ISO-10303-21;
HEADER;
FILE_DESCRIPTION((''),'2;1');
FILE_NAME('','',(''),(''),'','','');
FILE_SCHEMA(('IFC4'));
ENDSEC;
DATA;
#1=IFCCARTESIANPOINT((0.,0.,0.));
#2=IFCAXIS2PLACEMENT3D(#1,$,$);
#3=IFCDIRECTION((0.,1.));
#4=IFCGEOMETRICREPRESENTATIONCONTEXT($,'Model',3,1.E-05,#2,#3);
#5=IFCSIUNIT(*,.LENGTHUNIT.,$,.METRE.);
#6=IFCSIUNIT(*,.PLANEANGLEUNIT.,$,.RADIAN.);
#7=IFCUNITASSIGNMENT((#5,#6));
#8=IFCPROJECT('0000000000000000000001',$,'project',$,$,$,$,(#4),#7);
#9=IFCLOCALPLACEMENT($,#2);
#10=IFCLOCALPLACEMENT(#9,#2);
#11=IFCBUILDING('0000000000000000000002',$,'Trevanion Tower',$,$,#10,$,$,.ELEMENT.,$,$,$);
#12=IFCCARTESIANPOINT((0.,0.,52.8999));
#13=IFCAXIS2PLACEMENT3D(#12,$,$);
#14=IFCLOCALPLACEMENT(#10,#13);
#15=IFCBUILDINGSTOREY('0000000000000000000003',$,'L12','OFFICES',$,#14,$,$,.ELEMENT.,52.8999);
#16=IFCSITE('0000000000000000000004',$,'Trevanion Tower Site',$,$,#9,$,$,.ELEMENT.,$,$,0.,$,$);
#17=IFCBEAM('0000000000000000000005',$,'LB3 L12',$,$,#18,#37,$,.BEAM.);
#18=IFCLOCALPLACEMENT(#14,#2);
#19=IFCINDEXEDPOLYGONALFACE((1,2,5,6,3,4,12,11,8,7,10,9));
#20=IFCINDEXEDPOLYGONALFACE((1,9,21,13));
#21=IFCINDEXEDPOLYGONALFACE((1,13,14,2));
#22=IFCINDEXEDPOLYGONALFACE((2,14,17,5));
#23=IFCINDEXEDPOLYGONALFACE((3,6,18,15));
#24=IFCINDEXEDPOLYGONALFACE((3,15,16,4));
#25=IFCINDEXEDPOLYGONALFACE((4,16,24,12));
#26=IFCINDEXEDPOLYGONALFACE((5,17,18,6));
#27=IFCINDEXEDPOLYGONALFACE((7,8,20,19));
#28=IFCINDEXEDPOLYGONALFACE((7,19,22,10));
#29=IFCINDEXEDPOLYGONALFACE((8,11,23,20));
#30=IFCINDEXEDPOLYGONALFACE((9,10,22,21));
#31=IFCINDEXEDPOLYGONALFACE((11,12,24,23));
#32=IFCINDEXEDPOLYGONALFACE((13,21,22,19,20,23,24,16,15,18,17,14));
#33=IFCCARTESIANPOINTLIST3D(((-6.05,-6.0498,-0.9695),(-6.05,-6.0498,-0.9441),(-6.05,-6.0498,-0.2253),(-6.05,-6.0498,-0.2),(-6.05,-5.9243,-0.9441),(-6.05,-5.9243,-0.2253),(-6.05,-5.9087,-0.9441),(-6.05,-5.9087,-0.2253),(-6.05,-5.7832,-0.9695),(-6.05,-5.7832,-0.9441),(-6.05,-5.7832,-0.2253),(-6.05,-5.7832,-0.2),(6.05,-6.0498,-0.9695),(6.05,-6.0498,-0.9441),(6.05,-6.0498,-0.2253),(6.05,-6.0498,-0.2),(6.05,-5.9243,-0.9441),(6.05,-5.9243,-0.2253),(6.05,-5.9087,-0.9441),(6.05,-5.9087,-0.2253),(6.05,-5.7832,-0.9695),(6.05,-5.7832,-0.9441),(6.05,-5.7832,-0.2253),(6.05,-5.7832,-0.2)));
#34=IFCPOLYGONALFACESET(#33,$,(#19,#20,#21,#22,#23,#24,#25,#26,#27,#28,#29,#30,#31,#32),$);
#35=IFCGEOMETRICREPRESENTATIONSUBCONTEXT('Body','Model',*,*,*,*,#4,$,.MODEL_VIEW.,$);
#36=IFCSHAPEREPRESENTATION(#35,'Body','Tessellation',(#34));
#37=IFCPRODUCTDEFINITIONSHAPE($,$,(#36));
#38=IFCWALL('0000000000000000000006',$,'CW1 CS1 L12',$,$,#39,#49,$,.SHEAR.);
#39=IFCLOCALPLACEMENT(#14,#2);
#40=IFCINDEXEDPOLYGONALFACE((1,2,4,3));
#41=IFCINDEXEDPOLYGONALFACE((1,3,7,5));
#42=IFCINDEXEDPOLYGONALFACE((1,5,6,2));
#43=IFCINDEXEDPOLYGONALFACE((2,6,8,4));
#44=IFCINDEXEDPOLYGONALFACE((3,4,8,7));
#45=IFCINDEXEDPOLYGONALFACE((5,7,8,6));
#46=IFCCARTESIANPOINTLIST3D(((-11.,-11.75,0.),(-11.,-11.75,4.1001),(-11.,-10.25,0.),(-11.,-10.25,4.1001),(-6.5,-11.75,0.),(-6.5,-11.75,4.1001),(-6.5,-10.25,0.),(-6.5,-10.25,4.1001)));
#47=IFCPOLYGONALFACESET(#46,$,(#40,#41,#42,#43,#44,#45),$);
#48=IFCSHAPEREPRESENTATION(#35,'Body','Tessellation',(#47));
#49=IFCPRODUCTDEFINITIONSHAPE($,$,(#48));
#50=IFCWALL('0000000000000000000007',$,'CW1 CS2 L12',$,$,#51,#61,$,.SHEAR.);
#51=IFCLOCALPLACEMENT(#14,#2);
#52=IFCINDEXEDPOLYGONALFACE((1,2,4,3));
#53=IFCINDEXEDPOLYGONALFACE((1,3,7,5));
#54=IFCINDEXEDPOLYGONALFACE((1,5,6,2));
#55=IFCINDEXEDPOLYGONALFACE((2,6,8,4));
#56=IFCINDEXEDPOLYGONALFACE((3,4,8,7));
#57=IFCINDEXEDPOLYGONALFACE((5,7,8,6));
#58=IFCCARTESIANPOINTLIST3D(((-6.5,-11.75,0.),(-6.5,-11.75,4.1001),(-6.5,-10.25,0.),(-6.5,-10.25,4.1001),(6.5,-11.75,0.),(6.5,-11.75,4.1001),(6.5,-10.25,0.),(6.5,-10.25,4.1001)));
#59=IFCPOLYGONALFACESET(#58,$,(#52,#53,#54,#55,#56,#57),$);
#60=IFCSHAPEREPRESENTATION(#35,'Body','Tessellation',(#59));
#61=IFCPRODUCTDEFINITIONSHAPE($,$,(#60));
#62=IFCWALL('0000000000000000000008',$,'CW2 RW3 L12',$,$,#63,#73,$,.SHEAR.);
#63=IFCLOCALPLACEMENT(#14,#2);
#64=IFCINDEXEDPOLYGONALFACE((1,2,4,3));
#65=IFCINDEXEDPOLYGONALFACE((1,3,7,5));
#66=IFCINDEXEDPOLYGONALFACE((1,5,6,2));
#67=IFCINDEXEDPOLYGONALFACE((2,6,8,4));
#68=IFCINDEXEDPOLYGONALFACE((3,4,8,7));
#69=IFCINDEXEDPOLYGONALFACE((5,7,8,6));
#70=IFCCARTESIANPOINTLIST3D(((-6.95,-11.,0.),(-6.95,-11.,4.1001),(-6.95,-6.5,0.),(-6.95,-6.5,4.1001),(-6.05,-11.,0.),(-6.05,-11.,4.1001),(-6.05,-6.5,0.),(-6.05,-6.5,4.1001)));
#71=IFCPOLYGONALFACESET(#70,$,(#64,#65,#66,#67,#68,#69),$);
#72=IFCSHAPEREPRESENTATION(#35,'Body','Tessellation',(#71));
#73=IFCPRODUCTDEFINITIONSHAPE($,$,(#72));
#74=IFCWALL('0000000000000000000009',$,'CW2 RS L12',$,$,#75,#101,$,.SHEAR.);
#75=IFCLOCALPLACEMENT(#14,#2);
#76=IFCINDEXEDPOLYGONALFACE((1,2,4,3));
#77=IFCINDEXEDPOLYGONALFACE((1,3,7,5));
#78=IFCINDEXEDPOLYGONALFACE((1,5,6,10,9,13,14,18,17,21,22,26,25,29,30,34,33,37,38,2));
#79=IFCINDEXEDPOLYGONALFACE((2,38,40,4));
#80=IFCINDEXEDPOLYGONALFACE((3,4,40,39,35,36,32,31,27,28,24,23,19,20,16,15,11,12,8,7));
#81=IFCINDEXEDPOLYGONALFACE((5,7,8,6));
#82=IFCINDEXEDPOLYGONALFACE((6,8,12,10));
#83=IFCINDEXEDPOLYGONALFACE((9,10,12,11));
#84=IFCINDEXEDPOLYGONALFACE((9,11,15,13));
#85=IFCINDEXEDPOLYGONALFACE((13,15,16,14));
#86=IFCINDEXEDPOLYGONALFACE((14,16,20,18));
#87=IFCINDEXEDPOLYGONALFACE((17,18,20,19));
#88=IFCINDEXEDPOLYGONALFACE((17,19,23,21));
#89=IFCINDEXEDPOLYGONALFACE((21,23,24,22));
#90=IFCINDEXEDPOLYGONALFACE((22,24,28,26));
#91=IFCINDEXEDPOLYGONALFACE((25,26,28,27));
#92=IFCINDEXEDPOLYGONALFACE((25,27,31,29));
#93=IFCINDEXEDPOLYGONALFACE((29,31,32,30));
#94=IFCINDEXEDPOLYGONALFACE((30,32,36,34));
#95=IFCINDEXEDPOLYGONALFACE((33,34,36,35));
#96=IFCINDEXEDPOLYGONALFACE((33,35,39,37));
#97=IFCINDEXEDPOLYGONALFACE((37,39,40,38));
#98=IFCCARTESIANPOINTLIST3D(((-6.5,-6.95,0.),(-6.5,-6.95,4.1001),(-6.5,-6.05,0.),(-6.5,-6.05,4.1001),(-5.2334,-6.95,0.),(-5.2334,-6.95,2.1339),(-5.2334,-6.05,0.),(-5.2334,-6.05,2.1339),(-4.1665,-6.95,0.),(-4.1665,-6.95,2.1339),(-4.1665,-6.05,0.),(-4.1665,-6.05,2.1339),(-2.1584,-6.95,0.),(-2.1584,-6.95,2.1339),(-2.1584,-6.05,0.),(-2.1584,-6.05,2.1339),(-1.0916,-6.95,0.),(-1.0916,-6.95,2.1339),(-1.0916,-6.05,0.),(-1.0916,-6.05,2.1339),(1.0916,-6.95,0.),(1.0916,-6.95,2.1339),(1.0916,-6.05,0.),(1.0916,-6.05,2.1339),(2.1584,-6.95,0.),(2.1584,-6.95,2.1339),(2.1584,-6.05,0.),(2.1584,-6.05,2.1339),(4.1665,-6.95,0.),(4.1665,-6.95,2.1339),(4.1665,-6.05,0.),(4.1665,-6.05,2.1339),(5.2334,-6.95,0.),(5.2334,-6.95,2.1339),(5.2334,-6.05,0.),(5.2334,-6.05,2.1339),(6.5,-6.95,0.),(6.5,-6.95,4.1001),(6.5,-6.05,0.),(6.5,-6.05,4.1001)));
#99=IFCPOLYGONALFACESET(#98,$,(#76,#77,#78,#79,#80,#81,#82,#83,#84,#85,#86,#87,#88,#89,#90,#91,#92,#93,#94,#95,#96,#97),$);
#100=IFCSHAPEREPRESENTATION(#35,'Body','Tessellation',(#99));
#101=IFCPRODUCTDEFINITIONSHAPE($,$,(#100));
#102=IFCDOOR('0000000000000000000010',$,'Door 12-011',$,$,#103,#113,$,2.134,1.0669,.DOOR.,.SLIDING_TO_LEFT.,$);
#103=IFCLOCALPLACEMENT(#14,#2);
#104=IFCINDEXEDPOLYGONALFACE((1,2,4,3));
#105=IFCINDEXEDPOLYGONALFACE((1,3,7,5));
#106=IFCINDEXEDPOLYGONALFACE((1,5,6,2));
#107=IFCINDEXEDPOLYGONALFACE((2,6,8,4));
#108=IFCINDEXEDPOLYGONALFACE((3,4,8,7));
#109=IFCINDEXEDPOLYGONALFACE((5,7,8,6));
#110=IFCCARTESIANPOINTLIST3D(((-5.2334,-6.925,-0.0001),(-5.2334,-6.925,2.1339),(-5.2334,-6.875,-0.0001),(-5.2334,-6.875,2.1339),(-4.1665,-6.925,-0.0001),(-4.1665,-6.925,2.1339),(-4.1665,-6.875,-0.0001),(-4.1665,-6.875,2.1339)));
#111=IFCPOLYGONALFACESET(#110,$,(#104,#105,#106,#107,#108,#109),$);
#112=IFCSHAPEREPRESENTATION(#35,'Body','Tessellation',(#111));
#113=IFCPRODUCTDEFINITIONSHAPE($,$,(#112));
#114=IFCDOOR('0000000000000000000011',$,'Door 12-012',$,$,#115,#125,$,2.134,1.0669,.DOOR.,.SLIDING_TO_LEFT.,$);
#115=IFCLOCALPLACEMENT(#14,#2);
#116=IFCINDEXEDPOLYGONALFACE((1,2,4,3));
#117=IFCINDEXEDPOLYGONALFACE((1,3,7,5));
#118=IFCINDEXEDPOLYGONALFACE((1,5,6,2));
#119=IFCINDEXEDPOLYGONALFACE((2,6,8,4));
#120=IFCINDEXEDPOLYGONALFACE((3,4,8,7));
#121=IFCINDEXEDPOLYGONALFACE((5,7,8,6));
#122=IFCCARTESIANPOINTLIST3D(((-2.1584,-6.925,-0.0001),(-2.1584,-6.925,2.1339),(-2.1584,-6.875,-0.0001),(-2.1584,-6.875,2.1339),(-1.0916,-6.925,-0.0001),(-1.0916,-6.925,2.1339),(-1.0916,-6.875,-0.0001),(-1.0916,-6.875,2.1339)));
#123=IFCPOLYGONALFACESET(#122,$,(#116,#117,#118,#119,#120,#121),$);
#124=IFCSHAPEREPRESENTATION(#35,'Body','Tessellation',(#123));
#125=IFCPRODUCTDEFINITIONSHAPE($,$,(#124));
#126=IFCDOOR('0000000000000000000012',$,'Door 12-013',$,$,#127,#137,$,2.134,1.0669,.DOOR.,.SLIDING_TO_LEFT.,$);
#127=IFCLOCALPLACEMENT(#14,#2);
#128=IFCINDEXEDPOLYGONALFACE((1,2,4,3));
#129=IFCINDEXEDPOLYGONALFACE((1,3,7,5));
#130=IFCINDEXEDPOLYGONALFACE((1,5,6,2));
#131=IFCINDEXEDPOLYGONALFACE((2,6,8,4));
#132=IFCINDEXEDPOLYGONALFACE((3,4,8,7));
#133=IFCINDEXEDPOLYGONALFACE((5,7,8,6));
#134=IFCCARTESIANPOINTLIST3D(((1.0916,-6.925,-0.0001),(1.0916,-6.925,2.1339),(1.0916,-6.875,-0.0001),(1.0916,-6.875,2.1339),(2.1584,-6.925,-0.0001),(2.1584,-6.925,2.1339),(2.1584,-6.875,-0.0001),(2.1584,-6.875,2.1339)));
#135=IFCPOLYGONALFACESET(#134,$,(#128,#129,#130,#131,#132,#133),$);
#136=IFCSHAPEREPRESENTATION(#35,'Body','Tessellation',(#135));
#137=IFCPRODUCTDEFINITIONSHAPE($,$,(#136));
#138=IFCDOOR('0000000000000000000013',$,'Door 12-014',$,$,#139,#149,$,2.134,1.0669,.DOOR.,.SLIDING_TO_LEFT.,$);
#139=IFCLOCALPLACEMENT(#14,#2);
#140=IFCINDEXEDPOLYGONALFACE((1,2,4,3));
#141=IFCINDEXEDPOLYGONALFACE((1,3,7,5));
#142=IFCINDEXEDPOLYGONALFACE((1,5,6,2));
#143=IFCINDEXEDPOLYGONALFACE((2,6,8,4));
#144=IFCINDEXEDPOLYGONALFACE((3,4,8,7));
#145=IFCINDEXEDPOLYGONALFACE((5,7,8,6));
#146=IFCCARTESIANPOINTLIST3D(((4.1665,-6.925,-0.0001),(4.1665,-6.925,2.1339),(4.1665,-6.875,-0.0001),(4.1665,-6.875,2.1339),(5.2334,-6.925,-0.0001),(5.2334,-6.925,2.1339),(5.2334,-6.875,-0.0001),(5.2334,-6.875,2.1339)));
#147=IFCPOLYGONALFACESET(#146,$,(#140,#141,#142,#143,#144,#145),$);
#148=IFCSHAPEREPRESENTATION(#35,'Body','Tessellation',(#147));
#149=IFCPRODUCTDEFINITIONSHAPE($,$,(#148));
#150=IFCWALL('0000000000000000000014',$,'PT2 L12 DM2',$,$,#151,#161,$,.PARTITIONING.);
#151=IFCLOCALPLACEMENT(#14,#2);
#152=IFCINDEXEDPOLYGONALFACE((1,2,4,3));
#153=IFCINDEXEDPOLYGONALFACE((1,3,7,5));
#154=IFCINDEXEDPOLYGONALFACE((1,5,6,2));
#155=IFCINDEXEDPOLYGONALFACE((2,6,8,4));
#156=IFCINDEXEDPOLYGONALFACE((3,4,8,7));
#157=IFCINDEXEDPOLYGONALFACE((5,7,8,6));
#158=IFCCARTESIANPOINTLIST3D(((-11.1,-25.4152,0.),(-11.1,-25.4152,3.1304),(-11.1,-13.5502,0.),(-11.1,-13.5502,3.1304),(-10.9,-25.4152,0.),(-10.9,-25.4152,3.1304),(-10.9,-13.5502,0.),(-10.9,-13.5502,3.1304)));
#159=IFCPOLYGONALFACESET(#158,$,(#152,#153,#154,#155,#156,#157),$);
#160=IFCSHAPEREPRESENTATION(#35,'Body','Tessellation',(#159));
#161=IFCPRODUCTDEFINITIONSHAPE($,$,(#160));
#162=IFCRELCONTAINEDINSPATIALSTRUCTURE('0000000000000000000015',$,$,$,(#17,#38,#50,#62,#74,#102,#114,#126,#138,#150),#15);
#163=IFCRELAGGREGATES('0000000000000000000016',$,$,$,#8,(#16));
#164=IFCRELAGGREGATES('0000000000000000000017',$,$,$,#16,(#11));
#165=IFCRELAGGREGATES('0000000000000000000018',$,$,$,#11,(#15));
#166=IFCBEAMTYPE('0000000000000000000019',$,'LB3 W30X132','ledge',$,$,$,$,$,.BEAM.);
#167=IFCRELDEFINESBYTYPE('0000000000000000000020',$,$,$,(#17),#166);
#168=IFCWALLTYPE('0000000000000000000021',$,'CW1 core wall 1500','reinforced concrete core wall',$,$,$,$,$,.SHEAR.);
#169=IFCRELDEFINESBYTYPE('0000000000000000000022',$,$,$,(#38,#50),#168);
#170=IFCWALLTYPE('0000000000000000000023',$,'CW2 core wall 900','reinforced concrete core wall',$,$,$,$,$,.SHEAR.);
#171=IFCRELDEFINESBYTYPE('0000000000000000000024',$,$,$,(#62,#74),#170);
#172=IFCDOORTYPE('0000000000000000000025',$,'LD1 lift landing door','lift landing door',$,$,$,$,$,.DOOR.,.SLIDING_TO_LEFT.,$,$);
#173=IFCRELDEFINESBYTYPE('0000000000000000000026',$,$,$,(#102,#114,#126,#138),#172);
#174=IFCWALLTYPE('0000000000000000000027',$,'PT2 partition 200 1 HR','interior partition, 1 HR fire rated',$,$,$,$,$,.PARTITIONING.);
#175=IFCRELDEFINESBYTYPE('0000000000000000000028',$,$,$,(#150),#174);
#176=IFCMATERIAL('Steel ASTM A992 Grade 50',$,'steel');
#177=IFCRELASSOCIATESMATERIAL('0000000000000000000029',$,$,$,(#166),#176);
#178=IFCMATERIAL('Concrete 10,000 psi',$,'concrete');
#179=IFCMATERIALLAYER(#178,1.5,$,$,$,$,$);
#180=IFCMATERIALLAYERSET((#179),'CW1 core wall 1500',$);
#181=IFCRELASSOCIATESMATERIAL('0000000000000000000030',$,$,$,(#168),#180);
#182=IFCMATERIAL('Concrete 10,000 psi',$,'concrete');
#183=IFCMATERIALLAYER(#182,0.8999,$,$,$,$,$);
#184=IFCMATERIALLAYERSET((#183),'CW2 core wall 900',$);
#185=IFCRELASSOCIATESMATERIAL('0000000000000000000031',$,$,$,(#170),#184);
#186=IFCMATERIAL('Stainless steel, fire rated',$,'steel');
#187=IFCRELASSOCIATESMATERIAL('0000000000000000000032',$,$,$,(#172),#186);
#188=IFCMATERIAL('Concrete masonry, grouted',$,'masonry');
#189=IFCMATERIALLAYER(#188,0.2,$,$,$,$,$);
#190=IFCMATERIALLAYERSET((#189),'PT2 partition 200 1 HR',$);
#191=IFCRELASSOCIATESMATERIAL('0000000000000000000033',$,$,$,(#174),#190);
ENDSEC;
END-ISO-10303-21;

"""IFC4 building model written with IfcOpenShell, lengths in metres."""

from ifc_helpers import new_model, si_unit, direction, frame, frame_2d, origin, origin_2d, place, context, subcontext, project, spatial, rectangle, i_section, extrude, material, layer, layer_set, material_profile, profile_set, type_object, element, fill, save


model = new_model("IFC4")

# Units and contexts
model_context = context("Model", 3, precision=1e-05, world=origin(), true_north=direction((0.0, 1.0)))
body_context = subcontext(model_context, "Body", "Model", "MODEL_VIEW")
ifc_project = project(units=[si_unit("LENGTHUNIT", "METRE"), si_unit("PLANEANGLEUNIT", "RADIAN")], contexts=[model_context])

# Site, building, storey
site_placement = place(None, origin())
site = spatial("IfcSite", under=ifc_project, at=site_placement, Name="Trevanion Tower Site", CompositionType="ELEMENT", RefElevation=0.0)
building_placement = place(site_placement, origin())
building = spatial("IfcBuilding", under=site, at=building_placement, Name="Trevanion Tower", CompositionType="ELEMENT")
storey_placement = place(building_placement, frame((0.0, 0.0, 52.8999)))
storey = spatial("IfcBuildingStorey", under=building, at=storey_placement, Name="L12", Description="OFFICES", CompositionType="ELEMENT", Elevation=52.8999)

# Beam
ifc_material_1 = material(Name="Steel ASTM A992 Grade 50", Category="steel")
ifc_material_profile_1 = material_profile(ifc_material_1, i_section(OverallWidth=0.2666, OverallDepth=0.7695, WebThickness=0.0156, FlangeThickness=0.0254, at=origin_2d()), Name="W30X132")
ifc_profile_set_1 = profile_set([ifc_material_profile_1], Name="Steel ASTM A992 Grade 50")
beam_type_1 = type_object("IfcBeamType", Name="LB3 W30X132", Description="ledge", PredefinedType="BEAM", material=ifc_profile_set_1)
beam_1_placement = place(storey_placement, frame((-6.05, -5.9165, -0.5847), z_axis=(1.0, 0.0, 0.0), x_axis=(0.0, 1.0, 0.0)))
element("IfcBeam", 1, at=beam_1_placement, inside=storey, type_object=beam_type_1, Name="LB3 L12", PredefinedType="BEAM", context=body_context, shape_type="SweptSolid", body=[
    extrude(i_section(OverallWidth=0.2666, OverallDepth=0.7695, WebThickness=0.0156, FlangeThickness=0.0254, at=origin_2d()), origin(), (0.0, 0.0, 1.0), 12.1001),
])

# Walls
ifc_material_2 = material(Name="Concrete 10,000 psi", Category="concrete")
ifc_layer_1 = layer(ifc_material_2, 1.5)
ifc_layer_set_1 = layer_set([ifc_layer_1], Name="CW1 core wall 1500")
wall_type_1 = type_object("IfcWallType", Name="CW1 core wall 1500", Description="reinforced concrete core wall", PredefinedType="SHEAR", material=ifc_layer_set_1)
wall_1_placement = place(storey_placement, frame((-11.0, -11.0, 0.0), z_axis=(0.0, 0.0, 1.0), x_axis=(1.0, 0.0, 0.0)))
element("IfcWall", 2, at=wall_1_placement, inside=storey, type_object=wall_type_1, Name="CW1 CS1 L12", PredefinedType="SHEAR", context=body_context, shape_type="SweptSolid", body=[
    extrude(rectangle(XDim=4.5, YDim=1.5, at=frame_2d((2.25, 0.0))), origin(), (0.0, 0.0, 1.0), 4.1001),
])
wall_2_placement = place(storey_placement, frame((-6.5, -11.0, 0.0), z_axis=(0.0, 0.0, 1.0), x_axis=(1.0, 0.0, 0.0)))
element("IfcWall", 3, at=wall_2_placement, inside=storey, type_object=wall_type_1, Name="CW1 CS2 L12", PredefinedType="SHEAR", context=body_context, shape_type="SweptSolid", body=[
    extrude(rectangle(XDim=13.0, YDim=1.5, at=frame_2d((6.5, 0.0))), origin(), (0.0, 0.0, 1.0), 4.1001),
])
ifc_material_3 = material(Name="Concrete 10,000 psi", Category="concrete")
ifc_layer_2 = layer(ifc_material_3, 0.8999)
ifc_layer_set_2 = layer_set([ifc_layer_2], Name="CW2 core wall 900")
wall_type_2 = type_object("IfcWallType", Name="CW2 core wall 900", Description="reinforced concrete core wall", PredefinedType="SHEAR", material=ifc_layer_set_2)
wall_3_placement = place(storey_placement, frame((-6.5, -6.5, 0.0), z_axis=(0.0, 0.0, 1.0), x_axis=(0.0, -1.0, 0.0)))
element("IfcWall", 4, at=wall_3_placement, inside=storey, type_object=wall_type_2, Name="CW2 RW3 L12", PredefinedType="SHEAR", context=body_context, shape_type="SweptSolid", body=[
    extrude(rectangle(XDim=4.5, YDim=0.8999, at=frame_2d((2.25, 0.0))), origin(), (0.0, 0.0, 1.0), 4.1001),
])

# Wall, openings, doors
wall_4_placement = place(storey_placement, frame((-6.5, -6.5, 0.0), z_axis=(0.0, 0.0, 1.0), x_axis=(1.0, 0.0, 0.0)))
wall_4 = element("IfcWall", 5, at=wall_4_placement, inside=storey, type_object=wall_type_2, Name="CW2 RS L12", PredefinedType="SHEAR", context=body_context, shape_type="SweptSolid", body=[
    extrude(rectangle(XDim=13.0, YDim=0.8999, at=frame_2d((6.5, 0.0))), origin(), (0.0, 0.0, 1.0), 4.1001),
])
opening_1_placement = place(wall_4_placement, frame((1.2666, 0.0, 0.0)))
opening_1 = element("IfcOpeningElement", 6, at=opening_1_placement, cuts=wall_4, PredefinedType="OPENING", context=body_context, shape_type="SweptSolid", body=[
    extrude(rectangle(XDim=1.0669, YDim=2.134, at=frame_2d((0.5334, 1.0669))), frame((0.0, 0.46, 0.0), z_axis=(0.0, -1.0, 0.0), x_axis=(1.0, 0.0, 0.0)), (0.0, 0.0, 1.0), 0.9199),
])
opening_2_placement = place(wall_4_placement, frame((4.3416, 0.0, 0.0)))
opening_2 = element("IfcOpeningElement", 7, at=opening_2_placement, cuts=wall_4, PredefinedType="OPENING", context=body_context, shape_type="SweptSolid", body=[
    extrude(rectangle(XDim=1.0669, YDim=2.134, at=frame_2d((0.5334, 1.0669))), frame((0.0, 0.46, 0.0), z_axis=(0.0, -1.0, 0.0), x_axis=(1.0, 0.0, 0.0)), (0.0, 0.0, 1.0), 0.9199),
])
opening_3_placement = place(wall_4_placement, frame((7.5916, 0.0, 0.0)))
opening_3 = element("IfcOpeningElement", 8, at=opening_3_placement, cuts=wall_4, PredefinedType="OPENING", context=body_context, shape_type="SweptSolid", body=[
    extrude(rectangle(XDim=1.0669, YDim=2.134, at=frame_2d((0.5334, 1.0669))), frame((0.0, 0.46, 0.0), z_axis=(0.0, -1.0, 0.0), x_axis=(1.0, 0.0, 0.0)), (0.0, 0.0, 1.0), 0.9199),
])
opening_4_placement = place(wall_4_placement, frame((10.6665, 0.0, 0.0)))
opening_4 = element("IfcOpeningElement", 9, at=opening_4_placement, cuts=wall_4, PredefinedType="OPENING", context=body_context, shape_type="SweptSolid", body=[
    extrude(rectangle(XDim=1.0669, YDim=2.134, at=frame_2d((0.5334, 1.0669))), frame((0.0, 0.46, 0.0), z_axis=(0.0, -1.0, 0.0), x_axis=(1.0, 0.0, 0.0)), (0.0, 0.0, 1.0), 0.9199),
])
ifc_material_4 = material(Name="Stainless steel, fire rated", Category="steel")
door_type_1 = type_object("IfcDoorType", Name="LD1 lift landing door", Description="lift landing door", OperationType="SLIDING_TO_LEFT", PredefinedType="DOOR", material=ifc_material_4)
door_1_placement = place(opening_1_placement, origin())
door_1 = element("IfcDoor", 10, at=door_1_placement, inside=storey, type_object=door_type_1, Name="Door 12-011", OperationType="SLIDING_TO_LEFT", OverallHeight=2.134, OverallWidth=1.0669, PredefinedType="DOOR", context=body_context, shape_type="SweptSolid", body=[
    extrude(rectangle(XDim=1.0669, YDim=2.134, at=frame_2d((0.5334, 1.0669))), frame((0.0, -0.375, 0.0), z_axis=(0.0, -1.0, 0.0), x_axis=(1.0, 0.0, 0.0)), (0.0, 0.0, 1.0), 0.05),
])
fill(opening_1, door_1)
door_2_placement = place(opening_2_placement, origin())
door_2 = element("IfcDoor", 11, at=door_2_placement, inside=storey, type_object=door_type_1, Name="Door 12-012", OperationType="SLIDING_TO_LEFT", OverallHeight=2.134, OverallWidth=1.0669, PredefinedType="DOOR", context=body_context, shape_type="SweptSolid", body=[
    extrude(rectangle(XDim=1.0669, YDim=2.134, at=frame_2d((0.5334, 1.0669))), frame((0.0, -0.375, 0.0), z_axis=(0.0, -1.0, 0.0), x_axis=(1.0, 0.0, 0.0)), (0.0, 0.0, 1.0), 0.05),
])
fill(opening_2, door_2)
door_3_placement = place(opening_3_placement, origin())
door_3 = element("IfcDoor", 12, at=door_3_placement, inside=storey, type_object=door_type_1, Name="Door 12-013", OperationType="SLIDING_TO_LEFT", OverallHeight=2.134, OverallWidth=1.0669, PredefinedType="DOOR", context=body_context, shape_type="SweptSolid", body=[
    extrude(rectangle(XDim=1.0669, YDim=2.134, at=frame_2d((0.5334, 1.0669))), frame((0.0, -0.375, 0.0), z_axis=(0.0, -1.0, 0.0), x_axis=(1.0, 0.0, 0.0)), (0.0, 0.0, 1.0), 0.05),
])
fill(opening_3, door_3)
door_4_placement = place(opening_4_placement, origin())
door_4 = element("IfcDoor", 13, at=door_4_placement, inside=storey, type_object=door_type_1, Name="Door 12-014", OperationType="SLIDING_TO_LEFT", OverallHeight=2.134, OverallWidth=1.0669, PredefinedType="DOOR", context=body_context, shape_type="SweptSolid", body=[
    extrude(rectangle(XDim=1.0669, YDim=2.134, at=frame_2d((0.5334, 1.0669))), frame((0.0, -0.375, 0.0), z_axis=(0.0, -1.0, 0.0), x_axis=(1.0, 0.0, 0.0)), (0.0, 0.0, 1.0), 0.05),
])
fill(opening_4, door_4)

# Wall
ifc_material_5 = material(Name="Concrete masonry, grouted", Category="masonry")
ifc_layer_3 = layer(ifc_material_5, 0.2)
ifc_layer_set_3 = layer_set([ifc_layer_3], Name="PT2 partition 200 1 HR")
wall_type_3 = type_object("IfcWallType", Name="PT2 partition 200 1 HR", Description="interior partition, 1 HR fire rated", PredefinedType="PARTITIONING", material=ifc_layer_set_3)
wall_5_placement = place(storey_placement, frame((-11.0, -13.55, 0.0), z_axis=(0.0, 0.0, 1.0), x_axis=(0.0, -1.0, 0.0)))
element("IfcWall", 14, at=wall_5_placement, inside=storey, type_object=wall_type_3, Name="PT2 L12 DM2", PredefinedType="PARTITIONING", context=body_context, shape_type="SweptSolid", body=[
    extrude(rectangle(XDim=11.865, YDim=0.2, at=frame_2d((5.9326, 0.0))), origin(), (0.0, 0.0, 1.0), 3.1304),
])

save(model, "model.ifc")
